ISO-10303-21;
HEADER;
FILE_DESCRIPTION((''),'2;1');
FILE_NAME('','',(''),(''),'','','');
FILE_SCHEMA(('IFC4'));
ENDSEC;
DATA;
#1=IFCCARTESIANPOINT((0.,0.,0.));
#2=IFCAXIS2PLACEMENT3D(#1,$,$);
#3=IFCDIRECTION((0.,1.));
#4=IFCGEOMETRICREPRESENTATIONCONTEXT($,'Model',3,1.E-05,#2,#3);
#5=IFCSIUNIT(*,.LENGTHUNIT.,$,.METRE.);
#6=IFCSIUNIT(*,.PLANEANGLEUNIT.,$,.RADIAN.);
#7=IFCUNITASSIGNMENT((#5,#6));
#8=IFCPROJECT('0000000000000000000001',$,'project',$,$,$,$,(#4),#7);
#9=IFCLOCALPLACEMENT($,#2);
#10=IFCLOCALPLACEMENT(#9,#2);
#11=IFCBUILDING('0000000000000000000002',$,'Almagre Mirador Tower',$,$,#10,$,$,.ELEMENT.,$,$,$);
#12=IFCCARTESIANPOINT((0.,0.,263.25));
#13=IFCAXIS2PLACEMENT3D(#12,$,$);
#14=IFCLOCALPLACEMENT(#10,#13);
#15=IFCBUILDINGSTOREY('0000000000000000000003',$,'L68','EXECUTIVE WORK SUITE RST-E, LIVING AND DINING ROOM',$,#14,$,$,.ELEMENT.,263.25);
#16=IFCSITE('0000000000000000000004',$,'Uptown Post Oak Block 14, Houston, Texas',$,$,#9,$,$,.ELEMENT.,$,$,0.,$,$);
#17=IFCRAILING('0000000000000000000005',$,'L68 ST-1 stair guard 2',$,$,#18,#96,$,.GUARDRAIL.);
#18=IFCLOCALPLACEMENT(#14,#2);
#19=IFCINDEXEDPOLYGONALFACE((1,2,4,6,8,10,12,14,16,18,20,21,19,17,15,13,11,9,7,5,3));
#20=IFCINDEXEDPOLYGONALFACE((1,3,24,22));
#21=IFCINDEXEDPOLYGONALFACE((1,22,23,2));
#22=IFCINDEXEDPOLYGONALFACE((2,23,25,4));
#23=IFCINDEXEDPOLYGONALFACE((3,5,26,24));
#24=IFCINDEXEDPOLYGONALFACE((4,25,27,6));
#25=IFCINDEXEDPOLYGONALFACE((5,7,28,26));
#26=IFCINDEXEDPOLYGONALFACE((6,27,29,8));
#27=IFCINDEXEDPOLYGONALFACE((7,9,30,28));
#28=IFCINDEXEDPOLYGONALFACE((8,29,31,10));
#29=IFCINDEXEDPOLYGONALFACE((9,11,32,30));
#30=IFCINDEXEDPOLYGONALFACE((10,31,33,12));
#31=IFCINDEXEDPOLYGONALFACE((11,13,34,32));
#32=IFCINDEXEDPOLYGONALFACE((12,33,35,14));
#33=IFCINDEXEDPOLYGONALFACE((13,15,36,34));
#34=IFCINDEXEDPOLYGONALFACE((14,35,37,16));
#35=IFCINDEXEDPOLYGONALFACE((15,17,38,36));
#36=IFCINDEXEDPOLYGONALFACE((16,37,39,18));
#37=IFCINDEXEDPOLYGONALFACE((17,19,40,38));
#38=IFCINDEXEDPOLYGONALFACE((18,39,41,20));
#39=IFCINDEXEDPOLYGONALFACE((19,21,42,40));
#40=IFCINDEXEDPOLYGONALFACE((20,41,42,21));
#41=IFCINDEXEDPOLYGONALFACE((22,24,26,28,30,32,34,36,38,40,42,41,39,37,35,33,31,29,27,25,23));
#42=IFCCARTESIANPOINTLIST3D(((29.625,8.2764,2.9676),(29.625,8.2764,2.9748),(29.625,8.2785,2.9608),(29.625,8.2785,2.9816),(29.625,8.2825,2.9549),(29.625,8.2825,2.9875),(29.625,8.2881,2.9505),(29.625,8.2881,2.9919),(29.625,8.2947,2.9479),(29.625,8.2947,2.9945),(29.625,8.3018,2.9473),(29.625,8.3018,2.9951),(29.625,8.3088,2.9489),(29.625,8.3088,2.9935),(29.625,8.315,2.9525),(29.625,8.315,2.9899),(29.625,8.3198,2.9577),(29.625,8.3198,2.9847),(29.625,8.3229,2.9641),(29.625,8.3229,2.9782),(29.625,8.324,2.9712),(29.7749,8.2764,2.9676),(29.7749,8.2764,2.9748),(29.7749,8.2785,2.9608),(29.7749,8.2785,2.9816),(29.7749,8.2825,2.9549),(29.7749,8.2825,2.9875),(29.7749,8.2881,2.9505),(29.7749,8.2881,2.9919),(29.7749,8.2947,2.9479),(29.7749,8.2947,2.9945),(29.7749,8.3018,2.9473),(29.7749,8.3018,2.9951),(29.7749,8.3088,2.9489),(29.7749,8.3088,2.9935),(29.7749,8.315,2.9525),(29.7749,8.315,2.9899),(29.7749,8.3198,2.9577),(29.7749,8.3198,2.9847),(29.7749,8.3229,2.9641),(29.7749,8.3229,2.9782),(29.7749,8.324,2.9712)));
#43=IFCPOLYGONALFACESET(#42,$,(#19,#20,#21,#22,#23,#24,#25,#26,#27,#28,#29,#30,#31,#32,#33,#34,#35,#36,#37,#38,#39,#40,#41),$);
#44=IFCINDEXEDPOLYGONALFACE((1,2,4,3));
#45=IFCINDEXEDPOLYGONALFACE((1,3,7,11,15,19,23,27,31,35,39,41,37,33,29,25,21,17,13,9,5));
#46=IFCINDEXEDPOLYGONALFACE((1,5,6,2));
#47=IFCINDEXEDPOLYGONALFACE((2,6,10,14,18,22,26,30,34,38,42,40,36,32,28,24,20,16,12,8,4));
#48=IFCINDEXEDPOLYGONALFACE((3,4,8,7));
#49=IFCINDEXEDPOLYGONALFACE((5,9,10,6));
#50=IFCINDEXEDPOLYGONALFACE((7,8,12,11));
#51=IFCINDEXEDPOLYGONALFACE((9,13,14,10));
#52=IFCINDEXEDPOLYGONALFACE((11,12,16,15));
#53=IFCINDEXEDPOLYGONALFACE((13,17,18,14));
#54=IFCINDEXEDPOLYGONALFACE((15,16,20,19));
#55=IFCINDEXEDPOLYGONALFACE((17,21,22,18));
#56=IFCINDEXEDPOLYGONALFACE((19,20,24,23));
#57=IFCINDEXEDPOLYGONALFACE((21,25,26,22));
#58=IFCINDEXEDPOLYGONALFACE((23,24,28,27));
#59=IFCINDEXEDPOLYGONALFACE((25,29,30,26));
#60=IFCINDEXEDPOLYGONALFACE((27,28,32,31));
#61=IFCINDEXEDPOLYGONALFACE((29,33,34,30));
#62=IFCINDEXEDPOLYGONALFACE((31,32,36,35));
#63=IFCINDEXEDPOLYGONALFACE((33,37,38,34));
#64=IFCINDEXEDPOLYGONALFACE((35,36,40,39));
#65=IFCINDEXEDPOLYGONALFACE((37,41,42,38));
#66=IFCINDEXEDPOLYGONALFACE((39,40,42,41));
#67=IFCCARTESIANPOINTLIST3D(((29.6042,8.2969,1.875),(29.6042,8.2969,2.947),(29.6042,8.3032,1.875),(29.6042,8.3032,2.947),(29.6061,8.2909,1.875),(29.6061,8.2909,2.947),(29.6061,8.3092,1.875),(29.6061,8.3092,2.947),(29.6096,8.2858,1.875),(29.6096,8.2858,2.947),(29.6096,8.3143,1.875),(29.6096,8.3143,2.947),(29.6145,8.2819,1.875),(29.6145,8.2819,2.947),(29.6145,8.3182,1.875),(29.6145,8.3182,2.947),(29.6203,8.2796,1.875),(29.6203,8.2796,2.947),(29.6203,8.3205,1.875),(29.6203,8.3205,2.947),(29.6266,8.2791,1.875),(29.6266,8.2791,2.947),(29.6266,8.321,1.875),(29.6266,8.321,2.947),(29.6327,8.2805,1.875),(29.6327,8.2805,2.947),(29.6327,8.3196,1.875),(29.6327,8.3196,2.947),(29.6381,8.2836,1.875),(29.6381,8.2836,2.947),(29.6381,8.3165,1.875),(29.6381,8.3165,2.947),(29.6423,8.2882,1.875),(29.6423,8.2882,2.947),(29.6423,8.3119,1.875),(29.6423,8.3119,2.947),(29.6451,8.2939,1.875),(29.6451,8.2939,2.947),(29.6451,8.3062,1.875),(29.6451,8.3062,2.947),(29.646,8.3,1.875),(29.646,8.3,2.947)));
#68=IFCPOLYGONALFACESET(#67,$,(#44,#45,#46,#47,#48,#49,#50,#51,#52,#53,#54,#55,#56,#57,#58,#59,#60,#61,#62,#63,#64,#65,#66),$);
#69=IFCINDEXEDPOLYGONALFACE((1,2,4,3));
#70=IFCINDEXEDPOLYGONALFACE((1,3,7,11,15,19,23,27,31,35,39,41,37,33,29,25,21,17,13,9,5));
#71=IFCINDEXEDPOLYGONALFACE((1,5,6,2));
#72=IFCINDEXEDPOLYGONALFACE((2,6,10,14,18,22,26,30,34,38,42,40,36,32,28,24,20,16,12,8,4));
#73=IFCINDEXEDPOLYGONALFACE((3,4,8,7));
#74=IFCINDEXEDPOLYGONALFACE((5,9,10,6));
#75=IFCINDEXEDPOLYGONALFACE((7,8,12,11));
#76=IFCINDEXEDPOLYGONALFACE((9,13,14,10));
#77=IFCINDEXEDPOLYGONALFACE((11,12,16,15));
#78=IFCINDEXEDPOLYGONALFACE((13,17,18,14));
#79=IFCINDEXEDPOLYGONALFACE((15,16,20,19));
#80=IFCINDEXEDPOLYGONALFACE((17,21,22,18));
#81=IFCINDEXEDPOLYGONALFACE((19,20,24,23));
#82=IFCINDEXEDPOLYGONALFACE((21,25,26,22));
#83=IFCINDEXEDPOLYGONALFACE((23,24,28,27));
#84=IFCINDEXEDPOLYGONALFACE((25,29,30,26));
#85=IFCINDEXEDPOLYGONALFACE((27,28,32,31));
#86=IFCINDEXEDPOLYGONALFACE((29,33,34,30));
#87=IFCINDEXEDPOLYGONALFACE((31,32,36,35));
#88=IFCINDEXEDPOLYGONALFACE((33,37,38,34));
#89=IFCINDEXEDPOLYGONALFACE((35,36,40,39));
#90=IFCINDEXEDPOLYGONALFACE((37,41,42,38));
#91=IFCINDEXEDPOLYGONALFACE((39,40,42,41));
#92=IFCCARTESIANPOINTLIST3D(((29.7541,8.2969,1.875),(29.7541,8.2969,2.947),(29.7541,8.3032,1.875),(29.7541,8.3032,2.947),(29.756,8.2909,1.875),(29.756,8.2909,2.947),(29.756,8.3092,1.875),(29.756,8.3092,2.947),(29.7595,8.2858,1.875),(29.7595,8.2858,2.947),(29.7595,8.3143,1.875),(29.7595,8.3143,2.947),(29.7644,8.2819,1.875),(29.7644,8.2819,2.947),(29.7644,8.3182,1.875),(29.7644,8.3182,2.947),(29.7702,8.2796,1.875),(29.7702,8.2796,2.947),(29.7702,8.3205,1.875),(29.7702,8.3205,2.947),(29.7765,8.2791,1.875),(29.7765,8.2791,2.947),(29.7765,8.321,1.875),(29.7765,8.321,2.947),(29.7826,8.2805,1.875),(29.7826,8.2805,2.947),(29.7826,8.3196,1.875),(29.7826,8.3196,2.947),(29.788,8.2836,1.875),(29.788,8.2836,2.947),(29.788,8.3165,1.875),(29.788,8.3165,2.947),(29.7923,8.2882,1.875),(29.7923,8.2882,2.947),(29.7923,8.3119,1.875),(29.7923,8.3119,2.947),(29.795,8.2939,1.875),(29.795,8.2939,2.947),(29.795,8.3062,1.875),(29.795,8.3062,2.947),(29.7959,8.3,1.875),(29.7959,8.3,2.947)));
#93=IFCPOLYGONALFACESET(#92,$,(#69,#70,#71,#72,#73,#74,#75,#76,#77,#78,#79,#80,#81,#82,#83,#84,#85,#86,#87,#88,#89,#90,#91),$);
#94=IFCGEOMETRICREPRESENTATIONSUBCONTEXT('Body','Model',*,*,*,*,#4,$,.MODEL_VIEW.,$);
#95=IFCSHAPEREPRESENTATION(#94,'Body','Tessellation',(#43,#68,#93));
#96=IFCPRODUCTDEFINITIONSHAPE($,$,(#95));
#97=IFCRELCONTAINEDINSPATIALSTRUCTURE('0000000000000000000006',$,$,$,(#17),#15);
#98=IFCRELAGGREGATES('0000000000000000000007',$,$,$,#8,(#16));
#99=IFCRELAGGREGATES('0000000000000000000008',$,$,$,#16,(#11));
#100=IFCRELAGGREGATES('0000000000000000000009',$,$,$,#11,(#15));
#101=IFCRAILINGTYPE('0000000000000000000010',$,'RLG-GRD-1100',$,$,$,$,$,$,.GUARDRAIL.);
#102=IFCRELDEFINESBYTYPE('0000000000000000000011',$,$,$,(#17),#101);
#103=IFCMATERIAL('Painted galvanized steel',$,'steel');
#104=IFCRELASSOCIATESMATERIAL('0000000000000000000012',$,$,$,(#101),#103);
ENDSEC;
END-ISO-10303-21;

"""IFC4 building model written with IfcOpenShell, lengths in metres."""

from ifc_helpers import new_model, si_unit, direction, frame, origin, origin_2d, place, context, subcontext, project, spatial, circle, extrude, material, type_object, element, save


model = new_model("IFC4")

# Units and contexts
model_context = context("Model", 3, precision=1e-05, world=origin(), true_north=direction((0.0, 1.0)))
body_context = subcontext(model_context, "Body", "Model", "MODEL_VIEW")
ifc_project = project(units=[si_unit("LENGTHUNIT", "METRE"), si_unit("PLANEANGLEUNIT", "RADIAN")], contexts=[model_context])

# Site, building, storey
site_placement = place(None, origin())
site = spatial("IfcSite", under=ifc_project, at=site_placement, Name="Uptown Post Oak Block 14, Houston, Texas", CompositionType="ELEMENT", RefElevation=0.0)
building_placement = place(site_placement, origin())
building = spatial("IfcBuilding", under=site, at=building_placement, Name="Almagre Mirador Tower", CompositionType="ELEMENT")
storey_placement = place(building_placement, frame((0.0, 0.0, 263.25)))
storey = spatial("IfcBuildingStorey", under=building, at=storey_placement, Name="L68", Description="EXECUTIVE WORK SUITE RST-E, LIVING AND DINING ROOM", CompositionType="ELEMENT", Elevation=263.25)

# Railing
ifc_material_1 = material(Name="Painted galvanized steel", Category="steel")
railing_type_1 = type_object("IfcRailingType", Name="RLG-GRD-1100", PredefinedType="GUARDRAIL", material=ifc_material_1)
railing_1_placement = place(storey_placement, frame((29.625, 8.3, 1.875)))
element("IfcRailing", 1, at=railing_1_placement, inside=storey, type_object=railing_type_1, Name="L68 ST-1 stair guard 2", PredefinedType="GUARDRAIL", context=body_context, shape_type="SweptSolid", body=[
    extrude(circle(Radius=0.0239, at=origin_2d()), frame((0.0, 0.0, 1.0962), z_axis=(1.0, 0.0, 0.0), x_axis=(0.0, 1.0, 0.0)), (0.0, 0.0, 1.0), 0.1499),
    extrude(circle(Radius=0.021, at=origin_2d()), origin(), (0.0, 0.0, 1.0), 1.072),
    extrude(circle(Radius=0.021, at=origin_2d()), frame((0.1499, 0.0, 0.0)), (0.0, 0.0, 1.0), 1.072),
])

save(model, "model.ifc")
